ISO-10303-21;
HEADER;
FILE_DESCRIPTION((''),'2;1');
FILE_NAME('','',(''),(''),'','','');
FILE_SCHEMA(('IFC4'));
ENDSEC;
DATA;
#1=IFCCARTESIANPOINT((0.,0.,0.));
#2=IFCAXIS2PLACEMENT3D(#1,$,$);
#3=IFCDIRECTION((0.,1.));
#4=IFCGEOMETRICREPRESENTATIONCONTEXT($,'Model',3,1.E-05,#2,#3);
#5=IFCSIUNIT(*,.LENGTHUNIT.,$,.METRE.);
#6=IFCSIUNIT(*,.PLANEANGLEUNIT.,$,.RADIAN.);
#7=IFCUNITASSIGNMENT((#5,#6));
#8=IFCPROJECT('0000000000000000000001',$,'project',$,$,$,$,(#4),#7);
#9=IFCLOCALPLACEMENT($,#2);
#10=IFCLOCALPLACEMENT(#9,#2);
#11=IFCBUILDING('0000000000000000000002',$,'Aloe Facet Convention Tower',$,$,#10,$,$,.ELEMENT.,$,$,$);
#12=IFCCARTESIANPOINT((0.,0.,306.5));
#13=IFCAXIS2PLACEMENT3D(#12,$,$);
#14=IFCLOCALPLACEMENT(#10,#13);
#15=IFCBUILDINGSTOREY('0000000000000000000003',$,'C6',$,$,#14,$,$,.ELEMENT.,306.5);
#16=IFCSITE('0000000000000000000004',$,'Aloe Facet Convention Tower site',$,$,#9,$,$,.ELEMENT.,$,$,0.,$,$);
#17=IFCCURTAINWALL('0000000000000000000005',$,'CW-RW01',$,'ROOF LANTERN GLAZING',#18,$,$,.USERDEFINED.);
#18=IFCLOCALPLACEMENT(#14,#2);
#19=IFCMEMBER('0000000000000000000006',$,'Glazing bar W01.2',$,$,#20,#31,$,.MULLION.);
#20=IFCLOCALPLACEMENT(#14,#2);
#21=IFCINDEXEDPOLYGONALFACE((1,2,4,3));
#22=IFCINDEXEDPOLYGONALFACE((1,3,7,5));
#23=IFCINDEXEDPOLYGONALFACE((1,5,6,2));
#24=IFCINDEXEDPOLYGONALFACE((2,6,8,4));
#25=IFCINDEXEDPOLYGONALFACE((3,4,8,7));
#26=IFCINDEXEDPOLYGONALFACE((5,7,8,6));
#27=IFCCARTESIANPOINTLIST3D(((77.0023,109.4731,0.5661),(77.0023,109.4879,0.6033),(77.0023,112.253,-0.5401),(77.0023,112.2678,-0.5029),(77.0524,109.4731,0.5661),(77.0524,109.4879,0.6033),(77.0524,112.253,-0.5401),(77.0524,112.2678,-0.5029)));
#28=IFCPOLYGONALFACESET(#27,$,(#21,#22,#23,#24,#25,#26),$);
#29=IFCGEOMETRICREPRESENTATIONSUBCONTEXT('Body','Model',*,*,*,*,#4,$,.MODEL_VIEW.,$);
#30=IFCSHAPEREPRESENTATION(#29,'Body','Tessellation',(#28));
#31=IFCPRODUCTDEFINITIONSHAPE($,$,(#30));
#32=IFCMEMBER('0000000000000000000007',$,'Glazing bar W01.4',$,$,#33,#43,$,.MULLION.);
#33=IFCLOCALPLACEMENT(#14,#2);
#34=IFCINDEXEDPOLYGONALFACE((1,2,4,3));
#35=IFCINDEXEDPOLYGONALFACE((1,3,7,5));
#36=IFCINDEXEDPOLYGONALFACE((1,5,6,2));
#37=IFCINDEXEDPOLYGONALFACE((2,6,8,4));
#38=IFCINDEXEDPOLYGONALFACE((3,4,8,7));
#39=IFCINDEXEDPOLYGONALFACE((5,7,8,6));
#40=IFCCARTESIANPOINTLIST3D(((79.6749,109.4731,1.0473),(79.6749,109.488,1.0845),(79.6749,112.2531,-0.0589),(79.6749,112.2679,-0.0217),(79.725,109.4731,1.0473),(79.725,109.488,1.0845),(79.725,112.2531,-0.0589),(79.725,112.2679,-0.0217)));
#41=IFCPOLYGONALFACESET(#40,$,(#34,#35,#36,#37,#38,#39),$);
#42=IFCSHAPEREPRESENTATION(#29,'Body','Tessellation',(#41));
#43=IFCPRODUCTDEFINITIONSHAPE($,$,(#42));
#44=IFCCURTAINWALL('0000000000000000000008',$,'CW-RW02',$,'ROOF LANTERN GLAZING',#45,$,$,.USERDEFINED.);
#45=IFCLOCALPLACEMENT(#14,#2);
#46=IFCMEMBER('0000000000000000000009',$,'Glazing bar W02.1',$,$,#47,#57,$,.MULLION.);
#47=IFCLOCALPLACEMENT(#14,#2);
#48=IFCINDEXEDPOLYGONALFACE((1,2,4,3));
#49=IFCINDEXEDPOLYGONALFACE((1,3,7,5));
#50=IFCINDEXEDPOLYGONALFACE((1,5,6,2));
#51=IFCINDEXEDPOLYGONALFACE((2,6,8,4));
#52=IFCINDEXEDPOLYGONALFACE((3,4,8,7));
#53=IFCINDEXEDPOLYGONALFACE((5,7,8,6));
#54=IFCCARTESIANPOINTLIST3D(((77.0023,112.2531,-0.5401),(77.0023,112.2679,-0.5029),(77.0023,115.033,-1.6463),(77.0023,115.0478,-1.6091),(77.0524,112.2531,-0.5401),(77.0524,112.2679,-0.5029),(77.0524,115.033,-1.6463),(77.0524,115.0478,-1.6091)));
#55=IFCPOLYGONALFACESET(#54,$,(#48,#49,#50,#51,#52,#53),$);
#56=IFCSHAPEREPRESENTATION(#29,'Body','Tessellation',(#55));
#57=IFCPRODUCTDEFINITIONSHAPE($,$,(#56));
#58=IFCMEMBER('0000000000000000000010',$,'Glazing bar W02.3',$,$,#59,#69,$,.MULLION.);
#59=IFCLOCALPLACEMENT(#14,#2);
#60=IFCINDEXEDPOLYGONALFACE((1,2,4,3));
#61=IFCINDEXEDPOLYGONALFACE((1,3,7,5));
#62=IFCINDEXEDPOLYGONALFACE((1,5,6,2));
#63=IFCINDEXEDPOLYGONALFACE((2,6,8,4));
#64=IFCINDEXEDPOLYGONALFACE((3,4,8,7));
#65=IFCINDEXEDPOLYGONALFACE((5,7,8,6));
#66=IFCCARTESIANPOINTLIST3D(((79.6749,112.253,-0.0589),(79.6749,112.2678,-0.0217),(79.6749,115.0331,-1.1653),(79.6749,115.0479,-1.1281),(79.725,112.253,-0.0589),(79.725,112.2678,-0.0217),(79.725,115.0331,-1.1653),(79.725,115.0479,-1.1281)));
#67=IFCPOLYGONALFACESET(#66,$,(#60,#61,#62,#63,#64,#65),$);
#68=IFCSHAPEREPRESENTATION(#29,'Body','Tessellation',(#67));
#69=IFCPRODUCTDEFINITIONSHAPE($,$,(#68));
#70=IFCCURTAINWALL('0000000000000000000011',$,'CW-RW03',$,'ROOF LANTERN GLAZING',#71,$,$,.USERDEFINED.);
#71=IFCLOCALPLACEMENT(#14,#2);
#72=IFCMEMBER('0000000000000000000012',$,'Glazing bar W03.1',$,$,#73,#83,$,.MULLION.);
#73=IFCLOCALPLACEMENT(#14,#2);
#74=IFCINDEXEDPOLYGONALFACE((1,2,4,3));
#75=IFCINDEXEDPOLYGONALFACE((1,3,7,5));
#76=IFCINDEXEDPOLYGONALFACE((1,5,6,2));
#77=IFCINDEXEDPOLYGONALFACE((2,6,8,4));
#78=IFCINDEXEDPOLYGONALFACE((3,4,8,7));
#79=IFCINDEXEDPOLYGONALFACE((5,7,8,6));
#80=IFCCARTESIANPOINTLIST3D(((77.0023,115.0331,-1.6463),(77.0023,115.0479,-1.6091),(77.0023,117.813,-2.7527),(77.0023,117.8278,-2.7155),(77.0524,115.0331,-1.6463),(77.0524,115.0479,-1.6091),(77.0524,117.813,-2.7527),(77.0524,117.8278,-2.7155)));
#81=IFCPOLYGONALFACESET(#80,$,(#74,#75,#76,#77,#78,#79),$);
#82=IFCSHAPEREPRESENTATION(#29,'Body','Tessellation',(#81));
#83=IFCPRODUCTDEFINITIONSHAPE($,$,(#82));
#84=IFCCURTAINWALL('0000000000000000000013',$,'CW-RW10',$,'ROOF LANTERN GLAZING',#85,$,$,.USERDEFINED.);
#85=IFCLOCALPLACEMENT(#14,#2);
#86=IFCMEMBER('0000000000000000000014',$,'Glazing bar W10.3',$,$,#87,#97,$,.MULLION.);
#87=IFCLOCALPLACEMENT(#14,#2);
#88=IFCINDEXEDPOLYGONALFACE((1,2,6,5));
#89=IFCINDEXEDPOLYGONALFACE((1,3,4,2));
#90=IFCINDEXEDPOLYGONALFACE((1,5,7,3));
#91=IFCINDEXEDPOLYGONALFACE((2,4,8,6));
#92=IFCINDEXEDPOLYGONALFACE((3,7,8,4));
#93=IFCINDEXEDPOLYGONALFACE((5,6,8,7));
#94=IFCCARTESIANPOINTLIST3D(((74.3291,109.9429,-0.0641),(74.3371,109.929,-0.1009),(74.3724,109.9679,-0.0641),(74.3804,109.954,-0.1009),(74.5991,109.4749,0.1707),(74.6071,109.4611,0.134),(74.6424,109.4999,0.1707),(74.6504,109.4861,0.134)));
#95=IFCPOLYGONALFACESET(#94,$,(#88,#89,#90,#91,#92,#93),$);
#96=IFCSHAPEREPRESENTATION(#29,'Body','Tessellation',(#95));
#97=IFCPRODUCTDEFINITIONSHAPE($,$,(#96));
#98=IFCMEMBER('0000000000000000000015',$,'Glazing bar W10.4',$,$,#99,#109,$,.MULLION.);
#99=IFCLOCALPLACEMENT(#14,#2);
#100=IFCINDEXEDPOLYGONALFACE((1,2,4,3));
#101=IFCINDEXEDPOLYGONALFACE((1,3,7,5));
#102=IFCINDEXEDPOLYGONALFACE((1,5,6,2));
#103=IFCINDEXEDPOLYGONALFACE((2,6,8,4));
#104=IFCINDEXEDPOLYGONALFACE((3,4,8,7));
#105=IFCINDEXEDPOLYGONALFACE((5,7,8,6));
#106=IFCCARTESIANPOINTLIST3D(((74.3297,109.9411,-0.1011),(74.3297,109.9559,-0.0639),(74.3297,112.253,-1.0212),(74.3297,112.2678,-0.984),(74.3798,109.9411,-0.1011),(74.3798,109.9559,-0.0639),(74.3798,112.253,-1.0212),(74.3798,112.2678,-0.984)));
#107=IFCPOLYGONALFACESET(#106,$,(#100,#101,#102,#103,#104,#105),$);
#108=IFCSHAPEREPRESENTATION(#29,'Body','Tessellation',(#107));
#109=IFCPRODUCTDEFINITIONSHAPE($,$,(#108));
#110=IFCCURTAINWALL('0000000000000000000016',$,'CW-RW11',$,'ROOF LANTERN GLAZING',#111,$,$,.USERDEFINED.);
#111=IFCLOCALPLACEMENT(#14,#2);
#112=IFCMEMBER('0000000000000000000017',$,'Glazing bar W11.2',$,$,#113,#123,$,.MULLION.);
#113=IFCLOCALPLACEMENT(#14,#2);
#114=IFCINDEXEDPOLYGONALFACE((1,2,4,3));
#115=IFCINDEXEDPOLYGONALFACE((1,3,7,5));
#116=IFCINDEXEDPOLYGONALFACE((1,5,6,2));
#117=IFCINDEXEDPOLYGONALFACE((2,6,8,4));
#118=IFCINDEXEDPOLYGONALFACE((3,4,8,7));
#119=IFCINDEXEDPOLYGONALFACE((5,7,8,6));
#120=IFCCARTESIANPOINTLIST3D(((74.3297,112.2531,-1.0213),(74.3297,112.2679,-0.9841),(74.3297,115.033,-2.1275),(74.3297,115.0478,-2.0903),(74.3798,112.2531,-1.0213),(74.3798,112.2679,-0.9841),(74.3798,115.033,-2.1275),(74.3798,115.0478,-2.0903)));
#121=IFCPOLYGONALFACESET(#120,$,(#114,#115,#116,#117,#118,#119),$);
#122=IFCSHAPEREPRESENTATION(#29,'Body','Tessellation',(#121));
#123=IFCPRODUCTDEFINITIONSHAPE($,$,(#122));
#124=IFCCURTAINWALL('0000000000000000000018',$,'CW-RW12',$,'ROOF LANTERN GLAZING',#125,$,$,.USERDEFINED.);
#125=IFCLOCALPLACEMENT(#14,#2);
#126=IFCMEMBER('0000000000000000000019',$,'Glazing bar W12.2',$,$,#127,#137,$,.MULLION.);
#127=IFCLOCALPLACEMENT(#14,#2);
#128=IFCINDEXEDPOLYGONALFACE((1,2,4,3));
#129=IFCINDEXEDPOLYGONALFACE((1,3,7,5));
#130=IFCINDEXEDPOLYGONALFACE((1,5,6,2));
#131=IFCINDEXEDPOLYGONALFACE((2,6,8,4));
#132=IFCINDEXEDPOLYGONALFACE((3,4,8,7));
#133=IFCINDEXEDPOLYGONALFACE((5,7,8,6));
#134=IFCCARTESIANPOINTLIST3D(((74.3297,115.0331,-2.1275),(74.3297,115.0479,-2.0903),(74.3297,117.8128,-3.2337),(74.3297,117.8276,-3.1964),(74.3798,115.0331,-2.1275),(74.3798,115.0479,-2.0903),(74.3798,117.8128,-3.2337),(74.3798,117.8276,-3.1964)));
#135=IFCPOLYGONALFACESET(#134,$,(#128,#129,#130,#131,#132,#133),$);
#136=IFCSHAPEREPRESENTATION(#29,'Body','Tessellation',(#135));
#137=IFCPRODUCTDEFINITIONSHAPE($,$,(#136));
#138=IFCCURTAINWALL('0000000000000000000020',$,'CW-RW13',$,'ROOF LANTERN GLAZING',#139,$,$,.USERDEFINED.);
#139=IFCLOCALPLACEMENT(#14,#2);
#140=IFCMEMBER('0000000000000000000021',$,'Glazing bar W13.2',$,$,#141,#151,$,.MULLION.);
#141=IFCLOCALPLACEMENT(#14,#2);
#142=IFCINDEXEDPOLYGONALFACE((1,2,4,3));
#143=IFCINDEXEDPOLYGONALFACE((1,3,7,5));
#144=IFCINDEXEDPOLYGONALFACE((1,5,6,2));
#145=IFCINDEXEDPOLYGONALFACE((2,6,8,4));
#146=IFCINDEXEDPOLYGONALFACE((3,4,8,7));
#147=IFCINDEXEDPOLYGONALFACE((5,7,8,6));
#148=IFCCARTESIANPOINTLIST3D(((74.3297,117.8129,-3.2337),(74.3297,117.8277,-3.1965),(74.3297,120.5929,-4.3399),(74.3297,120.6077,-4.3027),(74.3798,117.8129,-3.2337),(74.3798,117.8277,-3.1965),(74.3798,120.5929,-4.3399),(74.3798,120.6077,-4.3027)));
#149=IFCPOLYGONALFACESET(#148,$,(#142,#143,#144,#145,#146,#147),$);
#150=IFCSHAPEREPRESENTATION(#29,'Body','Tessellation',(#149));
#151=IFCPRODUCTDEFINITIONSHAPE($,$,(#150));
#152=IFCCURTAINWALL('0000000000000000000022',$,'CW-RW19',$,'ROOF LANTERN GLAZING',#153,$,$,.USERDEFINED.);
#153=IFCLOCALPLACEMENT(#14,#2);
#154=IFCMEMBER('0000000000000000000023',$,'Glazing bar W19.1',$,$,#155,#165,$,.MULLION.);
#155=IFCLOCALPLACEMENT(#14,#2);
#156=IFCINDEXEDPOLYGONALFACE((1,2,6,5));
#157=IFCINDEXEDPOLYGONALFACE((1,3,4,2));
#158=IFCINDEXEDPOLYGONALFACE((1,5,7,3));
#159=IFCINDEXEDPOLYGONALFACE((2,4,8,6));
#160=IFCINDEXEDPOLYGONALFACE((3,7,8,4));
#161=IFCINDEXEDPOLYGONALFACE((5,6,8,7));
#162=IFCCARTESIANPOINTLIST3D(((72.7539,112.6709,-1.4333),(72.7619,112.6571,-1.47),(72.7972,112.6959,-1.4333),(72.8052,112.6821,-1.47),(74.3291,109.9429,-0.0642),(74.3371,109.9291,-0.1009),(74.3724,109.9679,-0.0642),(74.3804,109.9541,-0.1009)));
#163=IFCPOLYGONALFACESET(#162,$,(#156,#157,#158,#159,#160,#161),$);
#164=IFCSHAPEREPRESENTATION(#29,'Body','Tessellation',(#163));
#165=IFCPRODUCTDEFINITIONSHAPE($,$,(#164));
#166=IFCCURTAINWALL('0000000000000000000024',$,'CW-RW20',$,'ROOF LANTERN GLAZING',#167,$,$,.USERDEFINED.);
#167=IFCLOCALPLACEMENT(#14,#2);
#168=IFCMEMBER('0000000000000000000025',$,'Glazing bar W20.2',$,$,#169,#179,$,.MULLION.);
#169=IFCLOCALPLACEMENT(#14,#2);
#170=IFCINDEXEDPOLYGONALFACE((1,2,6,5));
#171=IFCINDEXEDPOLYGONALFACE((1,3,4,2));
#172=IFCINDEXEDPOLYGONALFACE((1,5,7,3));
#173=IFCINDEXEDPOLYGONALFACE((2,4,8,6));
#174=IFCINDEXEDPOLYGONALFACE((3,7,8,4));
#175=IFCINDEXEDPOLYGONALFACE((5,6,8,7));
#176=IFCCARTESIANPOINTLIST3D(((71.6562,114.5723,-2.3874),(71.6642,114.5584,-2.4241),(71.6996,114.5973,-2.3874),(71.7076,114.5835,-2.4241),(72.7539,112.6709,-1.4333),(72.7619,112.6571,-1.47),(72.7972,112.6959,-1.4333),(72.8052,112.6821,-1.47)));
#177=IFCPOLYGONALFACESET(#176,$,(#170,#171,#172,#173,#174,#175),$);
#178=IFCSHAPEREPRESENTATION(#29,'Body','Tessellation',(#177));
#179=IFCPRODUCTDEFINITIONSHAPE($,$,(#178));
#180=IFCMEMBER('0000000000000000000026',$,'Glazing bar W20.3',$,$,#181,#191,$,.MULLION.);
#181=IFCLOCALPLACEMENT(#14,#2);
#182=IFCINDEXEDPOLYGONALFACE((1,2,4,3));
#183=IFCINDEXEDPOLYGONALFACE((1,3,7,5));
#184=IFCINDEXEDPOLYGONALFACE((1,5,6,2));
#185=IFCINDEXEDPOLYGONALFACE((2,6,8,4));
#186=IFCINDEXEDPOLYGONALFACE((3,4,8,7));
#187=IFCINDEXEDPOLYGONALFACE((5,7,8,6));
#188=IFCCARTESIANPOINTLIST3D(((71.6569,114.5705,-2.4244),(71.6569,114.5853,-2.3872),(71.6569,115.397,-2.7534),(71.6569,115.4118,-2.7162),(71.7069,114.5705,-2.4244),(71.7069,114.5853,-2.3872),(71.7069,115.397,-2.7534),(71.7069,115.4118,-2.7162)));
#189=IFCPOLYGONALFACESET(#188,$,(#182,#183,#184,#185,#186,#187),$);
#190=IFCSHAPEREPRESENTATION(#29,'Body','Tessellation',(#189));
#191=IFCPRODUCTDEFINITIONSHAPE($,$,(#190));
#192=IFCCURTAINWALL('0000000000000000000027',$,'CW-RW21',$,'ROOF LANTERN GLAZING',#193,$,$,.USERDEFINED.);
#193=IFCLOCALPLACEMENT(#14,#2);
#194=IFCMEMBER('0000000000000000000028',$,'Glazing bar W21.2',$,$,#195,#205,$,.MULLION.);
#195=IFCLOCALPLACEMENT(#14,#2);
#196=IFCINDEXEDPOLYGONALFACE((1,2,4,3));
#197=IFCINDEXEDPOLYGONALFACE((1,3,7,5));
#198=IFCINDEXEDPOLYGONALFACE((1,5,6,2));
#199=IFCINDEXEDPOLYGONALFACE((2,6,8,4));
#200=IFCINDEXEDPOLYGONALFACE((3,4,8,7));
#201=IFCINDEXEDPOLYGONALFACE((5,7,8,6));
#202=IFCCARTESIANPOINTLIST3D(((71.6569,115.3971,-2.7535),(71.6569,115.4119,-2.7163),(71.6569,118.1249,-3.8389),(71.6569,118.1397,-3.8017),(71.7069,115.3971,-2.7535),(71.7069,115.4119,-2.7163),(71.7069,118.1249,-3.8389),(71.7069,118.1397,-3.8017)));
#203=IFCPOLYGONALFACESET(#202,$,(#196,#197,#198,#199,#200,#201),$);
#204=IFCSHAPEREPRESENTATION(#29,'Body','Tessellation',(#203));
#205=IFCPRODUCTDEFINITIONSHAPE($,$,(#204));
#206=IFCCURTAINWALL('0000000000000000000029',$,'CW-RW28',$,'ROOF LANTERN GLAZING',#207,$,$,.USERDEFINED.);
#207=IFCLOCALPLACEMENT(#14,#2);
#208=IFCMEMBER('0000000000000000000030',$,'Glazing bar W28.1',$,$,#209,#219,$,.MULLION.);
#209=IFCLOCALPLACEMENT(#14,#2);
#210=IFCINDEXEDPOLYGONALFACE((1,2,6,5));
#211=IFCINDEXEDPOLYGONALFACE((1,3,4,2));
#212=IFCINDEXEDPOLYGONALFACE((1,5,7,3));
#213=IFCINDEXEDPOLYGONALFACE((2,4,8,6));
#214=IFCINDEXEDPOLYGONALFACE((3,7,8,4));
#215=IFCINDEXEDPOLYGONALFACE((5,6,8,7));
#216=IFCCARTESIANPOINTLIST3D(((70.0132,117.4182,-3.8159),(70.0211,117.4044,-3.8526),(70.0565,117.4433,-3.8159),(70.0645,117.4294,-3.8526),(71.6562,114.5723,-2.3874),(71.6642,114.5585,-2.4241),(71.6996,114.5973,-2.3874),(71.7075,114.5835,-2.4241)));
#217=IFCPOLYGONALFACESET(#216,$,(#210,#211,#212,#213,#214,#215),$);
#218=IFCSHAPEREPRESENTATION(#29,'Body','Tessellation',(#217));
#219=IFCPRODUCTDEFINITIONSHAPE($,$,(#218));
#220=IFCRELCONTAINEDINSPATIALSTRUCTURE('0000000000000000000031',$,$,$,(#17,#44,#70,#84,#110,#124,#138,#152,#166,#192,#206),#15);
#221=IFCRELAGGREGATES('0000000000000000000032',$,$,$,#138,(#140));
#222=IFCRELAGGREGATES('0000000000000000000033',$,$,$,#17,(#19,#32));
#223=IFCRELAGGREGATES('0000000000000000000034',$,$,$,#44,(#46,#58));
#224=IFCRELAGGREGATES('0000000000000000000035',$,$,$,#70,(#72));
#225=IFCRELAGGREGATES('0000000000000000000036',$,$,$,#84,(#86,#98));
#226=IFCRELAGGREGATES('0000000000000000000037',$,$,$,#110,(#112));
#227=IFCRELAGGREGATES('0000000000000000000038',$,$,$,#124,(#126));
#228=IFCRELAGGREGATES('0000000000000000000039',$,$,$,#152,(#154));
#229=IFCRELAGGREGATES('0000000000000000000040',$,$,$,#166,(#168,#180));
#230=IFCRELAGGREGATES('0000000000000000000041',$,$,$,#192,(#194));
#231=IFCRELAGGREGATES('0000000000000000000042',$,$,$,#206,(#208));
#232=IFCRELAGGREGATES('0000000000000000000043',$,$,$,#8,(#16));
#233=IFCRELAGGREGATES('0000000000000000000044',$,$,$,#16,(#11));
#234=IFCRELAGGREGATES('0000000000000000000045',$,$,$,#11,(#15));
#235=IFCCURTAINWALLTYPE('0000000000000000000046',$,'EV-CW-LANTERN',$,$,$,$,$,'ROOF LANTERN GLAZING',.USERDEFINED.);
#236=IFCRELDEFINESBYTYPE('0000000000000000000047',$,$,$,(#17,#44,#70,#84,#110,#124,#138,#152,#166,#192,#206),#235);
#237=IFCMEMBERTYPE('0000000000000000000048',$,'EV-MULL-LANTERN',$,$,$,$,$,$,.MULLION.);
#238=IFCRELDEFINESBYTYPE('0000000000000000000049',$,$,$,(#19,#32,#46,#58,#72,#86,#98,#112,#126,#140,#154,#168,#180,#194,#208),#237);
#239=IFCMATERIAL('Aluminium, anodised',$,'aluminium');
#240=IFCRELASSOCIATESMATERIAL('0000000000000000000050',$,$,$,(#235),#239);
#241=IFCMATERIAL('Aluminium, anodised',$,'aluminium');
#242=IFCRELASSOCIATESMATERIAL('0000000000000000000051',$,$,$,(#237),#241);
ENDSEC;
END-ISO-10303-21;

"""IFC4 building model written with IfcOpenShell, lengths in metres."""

from ifc_helpers import new_model, si_unit, direction, frame, origin, origin_2d, place, context, subcontext, project, spatial, rectangle, extrude, material, material_profile, profile_set, type_object, element, aggregate, save


model = new_model("IFC4")

# Units and contexts
model_context = context("Model", 3, precision=1e-05, world=origin(), true_north=direction((0.0, 1.0)))
body_context = subcontext(model_context, "Body", "Model", "MODEL_VIEW")
ifc_project = project(units=[si_unit("LENGTHUNIT", "METRE"), si_unit("PLANEANGLEUNIT", "RADIAN")], contexts=[model_context])

# Site, building, storey
site_placement = place(None, origin())
site = spatial("IfcSite", under=ifc_project, at=site_placement, Name="Aloe Facet Convention Tower site", CompositionType="ELEMENT", RefElevation=0.0)
building_placement = place(site_placement, origin())
building = spatial("IfcBuilding", under=site, at=building_placement, Name="Aloe Facet Convention Tower", CompositionType="ELEMENT")
storey_placement = place(building_placement, frame((0.0, 0.0, 306.5)))
storey = spatial("IfcBuildingStorey", under=building, at=storey_placement, Name="C6", CompositionType="ELEMENT", Elevation=306.5)

# Curtain walls, members
ifc_material_1 = material(Name="Aluminium, anodised", Category="aluminium")
curtain_wall_type = type_object("IfcCurtainWallType", Name="EV-CW-LANTERN", ElementType="ROOF LANTERN GLAZING", PredefinedType="USERDEFINED", material=ifc_material_1)
curtain_wall_1_placement = place(storey_placement, origin())
curtain_wall_1 = element("IfcCurtainWall", 1, at=curtain_wall_1_placement, inside=storey, type_object=curtain_wall_type, Name="CW-RW01", ObjectType="ROOF LANTERN GLAZING", PredefinedType="USERDEFINED")
ifc_material_2 = material(Name="Aluminium, anodised", Category="aluminium")
ifc_material_profile_1 = material_profile(ifc_material_2, rectangle(XDim=0.05, YDim=0.04, at=origin_2d()), Name="AL 50x40")
ifc_profile_set_1 = profile_set([ifc_material_profile_1], Name="Aluminium, anodised")
member_type_1 = type_object("IfcMemberType", Name="EV-MULL-LANTERN", PredefinedType="MULLION", material=ifc_profile_set_1)
member_1_placement = place(storey_placement, frame((77.0273, 109.4805, 0.5847), z_axis=(0.0, 0.929145, -0.369716), x_axis=(-1.0, 0.0, 0.0)))
member_1 = element("IfcMember", 2, at=member_1_placement, type_object=member_type_1, Name="Glazing bar W01.2", PredefinedType="MULLION", context=body_context, shape_type="SweptSolid", body=[
    extrude(rectangle(XDim=0.05, YDim=0.04, at=origin_2d()), origin(), (0.0, 0.0, 1.0), 2.9919),
])
member_2_placement = place(storey_placement, frame((79.7, 112.2605, -0.0403), z_axis=(0.0, -0.929145, 0.369716), x_axis=(1.0, 0.0, 0.0)))
member_2 = element("IfcMember", 3, at=member_2_placement, type_object=member_type_1, Name="Glazing bar W01.4", PredefinedType="MULLION", context=body_context, shape_type="SweptSolid", body=[
    extrude(rectangle(XDim=0.05, YDim=0.04, at=origin_2d()), origin(), (0.0, 0.0, 1.0), 2.9919),
])
curtain_wall_2_placement = place(storey_placement, origin())
curtain_wall_2 = element("IfcCurtainWall", 4, at=curtain_wall_2_placement, inside=storey, type_object=curtain_wall_type, Name="CW-RW02", ObjectType="ROOF LANTERN GLAZING", PredefinedType="USERDEFINED")
member_3_placement = place(storey_placement, frame((77.0273, 112.2605, -0.5215), z_axis=(0.0, 0.929145, -0.369716), x_axis=(-1.0, 0.0, 0.0)))
member_3 = element("IfcMember", 5, at=member_3_placement, type_object=member_type_1, Name="Glazing bar W02.1", PredefinedType="MULLION", context=body_context, shape_type="SweptSolid", body=[
    extrude(rectangle(XDim=0.05, YDim=0.04, at=origin_2d()), origin(), (0.0, 0.0, 1.0), 2.9919),
])
member_4_placement = place(storey_placement, frame((79.7, 115.0405, -1.1467), z_axis=(0.0, -0.929117, 0.369786), x_axis=(1.0, 0.0, 0.0)))
member_4 = element("IfcMember", 6, at=member_4_placement, type_object=member_type_1, Name="Glazing bar W02.3", PredefinedType="MULLION", context=body_context, shape_type="SweptSolid", body=[
    extrude(rectangle(XDim=0.05, YDim=0.04, at=origin_2d()), origin(), (0.0, 0.0, 1.0), 2.9922),
])

# Curtain wall, member
curtain_wall_3_placement = place(storey_placement, origin())
curtain_wall_3 = element("IfcCurtainWall", 7, at=curtain_wall_3_placement, inside=storey, type_object=curtain_wall_type, Name="CW-RW03", ObjectType="ROOF LANTERN GLAZING", PredefinedType="USERDEFINED")
member_5_placement = place(storey_placement, frame((77.0273, 115.0405, -1.6277), z_axis=(0.0, 0.929106, -0.369814), x_axis=(-1.0, 0.0, 0.0)))
member_5 = element("IfcMember", 8, at=member_5_placement, type_object=member_type_1, Name="Glazing bar W03.1", PredefinedType="MULLION", context=body_context, shape_type="SweptSolid", body=[
    extrude(rectangle(XDim=0.05, YDim=0.04, at=origin_2d()), origin(), (0.0, 0.0, 1.0), 2.9919),
])

# Curtain wall, members
curtain_wall_4_placement = place(storey_placement, origin())
curtain_wall_4 = element("IfcCurtainWall", 9, at=curtain_wall_4_placement, inside=storey, type_object=curtain_wall_type, Name="CW-RW10", ObjectType="ROOF LANTERN GLAZING", PredefinedType="USERDEFINED")
member_6_placement = place(storey_placement, frame((74.6248, 109.4805, 0.1523), z_axis=(-0.458311, 0.794379, -0.39864), x_axis=(-0.866178, -0.499735, 0.0)))
member_6 = element("IfcMember", 10, at=member_6_placement, type_object=member_type_1, Name="Glazing bar W10.3", PredefinedType="MULLION", context=body_context, shape_type="SweptSolid", body=[
    extrude(rectangle(XDim=0.05, YDim=0.04, at=origin_2d()), origin(), (0.0, 0.0, 1.0), 0.5891),
])
member_7_placement = place(storey_placement, frame((74.3547, 109.9485, -0.0825), z_axis=(0.0, 0.929118, -0.369783), x_axis=(-1.0, 0.0, 0.0)))
member_7 = element("IfcMember", 11, at=member_7_placement, type_object=member_type_1, Name="Glazing bar W10.4", PredefinedType="MULLION", context=body_context, shape_type="SweptSolid", body=[
    extrude(rectangle(XDim=0.05, YDim=0.04, at=origin_2d()), origin(), (0.0, 0.0, 1.0), 2.4883),
])

# Curtain walls, members
curtain_wall_5_placement = place(storey_placement, origin())
curtain_wall_5 = element("IfcCurtainWall", 12, at=curtain_wall_5_placement, inside=storey, type_object=curtain_wall_type, Name="CW-RW11", ObjectType="ROOF LANTERN GLAZING", PredefinedType="USERDEFINED")
member_8_placement = place(storey_placement, frame((74.3547, 112.2605, -1.0027), z_axis=(0.0, 0.929145, -0.369716), x_axis=(-1.0, 0.0, 0.0)))
member_8 = element("IfcMember", 13, at=member_8_placement, type_object=member_type_1, Name="Glazing bar W11.2", PredefinedType="MULLION", context=body_context, shape_type="SweptSolid", body=[
    extrude(rectangle(XDim=0.05, YDim=0.04, at=origin_2d()), origin(), (0.0, 0.0, 1.0), 2.9919),
])
curtain_wall_6_placement = place(storey_placement, origin())
curtain_wall_6 = element("IfcCurtainWall", 14, at=curtain_wall_6_placement, inside=storey, type_object=curtain_wall_type, Name="CW-RW12", ObjectType="ROOF LANTERN GLAZING", PredefinedType="USERDEFINED")
member_9_placement = place(storey_placement, frame((74.3547, 115.0405, -2.1089), z_axis=(0.0, 0.929134, -0.369744), x_axis=(-1.0, 0.0, 0.0)))
member_9 = element("IfcMember", 15, at=member_9_placement, type_object=member_type_1, Name="Glazing bar W12.2", PredefinedType="MULLION", context=body_context, shape_type="SweptSolid", body=[
    extrude(rectangle(XDim=0.05, YDim=0.04, at=origin_2d()), origin(), (0.0, 0.0, 1.0), 2.9917),
])
curtain_wall_7_placement = place(storey_placement, origin())
curtain_wall_7 = element("IfcCurtainWall", 16, at=curtain_wall_7_placement, inside=storey, type_object=curtain_wall_type, Name="CW-RW13", ObjectType="ROOF LANTERN GLAZING", PredefinedType="USERDEFINED")
member_10_placement = place(storey_placement, frame((74.3547, 117.8203, -3.2151), z_axis=(0.0, 0.929145, -0.369716), x_axis=(-1.0, 0.0, 0.0)))
member_10 = element("IfcMember", 17, at=member_10_placement, type_object=member_type_1, Name="Glazing bar W13.2", PredefinedType="MULLION", context=body_context, shape_type="SweptSolid", body=[
    extrude(rectangle(XDim=0.05, YDim=0.04, at=origin_2d()), origin(), (0.0, 0.0, 1.0), 2.9919),
])
aggregate(curtain_wall_7, [member_10])
curtain_wall_8_placement = place(storey_placement, origin())
curtain_wall_8 = element("IfcCurtainWall", 18, at=curtain_wall_8_placement, inside=storey, type_object=curtain_wall_type, Name="CW-RW19", ObjectType="ROOF LANTERN GLAZING", PredefinedType="USERDEFINED")
member_11_placement = place(storey_placement, frame((74.3547, 109.9485, -0.0825), z_axis=(-0.458598, 0.794229, -0.398607), x_axis=(-0.866002, -0.50004, 0.0)))
member_11 = element("IfcMember", 19, at=member_11_placement, type_object=member_type_1, Name="Glazing bar W19.1", PredefinedType="MULLION", context=body_context, shape_type="SweptSolid", body=[
    extrude(rectangle(XDim=0.05, YDim=0.04, at=origin_2d()), origin(), (0.0, 0.0, 1.0), 3.4348),
])

# Curtain wall, members
curtain_wall_9_placement = place(storey_placement, origin())
curtain_wall_9 = element("IfcCurtainWall", 20, at=curtain_wall_9_placement, inside=storey, type_object=curtain_wall_type, Name="CW-RW20", ObjectType="ROOF LANTERN GLAZING", PredefinedType="USERDEFINED")
member_12_placement = place(storey_placement, frame((72.7795, 112.6765, -1.4517), z_axis=(-0.458538, 0.794283, -0.398569), x_axis=(-0.866045, -0.499966, 0.0)))
member_12 = element("IfcMember", 21, at=member_12_placement, type_object=member_type_1, Name="Glazing bar W20.2", PredefinedType="MULLION", context=body_context, shape_type="SweptSolid", body=[
    extrude(rectangle(XDim=0.05, YDim=0.04, at=origin_2d()), origin(), (0.0, 0.0, 1.0), 2.3938),
])
member_13_placement = place(storey_placement, frame((71.6819, 114.5779, -2.4058), z_axis=(0.0, 0.929081, -0.369876), x_axis=(-1.0, 0.0, 0.0)))
member_13 = element("IfcMember", 22, at=member_13_placement, type_object=member_type_1, Name="Glazing bar W20.3", PredefinedType="MULLION", context=body_context, shape_type="SweptSolid", body=[
    extrude(rectangle(XDim=0.05, YDim=0.04, at=origin_2d()), origin(), (0.0, 0.0, 1.0), 0.8896),
])

# Curtain walls, members
curtain_wall_10_placement = place(storey_placement, origin())
curtain_wall_10 = element("IfcCurtainWall", 23, at=curtain_wall_10_placement, inside=storey, type_object=curtain_wall_type, Name="CW-RW21", ObjectType="ROOF LANTERN GLAZING", PredefinedType="USERDEFINED")
member_14_placement = place(storey_placement, frame((71.6819, 115.4045, -2.7349), z_axis=(0.0, 0.92914, -0.369727), x_axis=(-1.0, 0.0, 0.0)))
member_14 = element("IfcMember", 24, at=member_14_placement, type_object=member_type_1, Name="Glazing bar W21.2", PredefinedType="MULLION", context=body_context, shape_type="SweptSolid", body=[
    extrude(rectangle(XDim=0.05, YDim=0.04, at=origin_2d()), origin(), (0.0, 0.0, 1.0), 2.9358),
])
curtain_wall_11_placement = place(storey_placement, origin())
curtain_wall_11 = element("IfcCurtainWall", 25, at=curtain_wall_11_placement, inside=storey, type_object=curtain_wall_type, Name="CW-RW28", ObjectType="ROOF LANTERN GLAZING", PredefinedType="USERDEFINED")
member_15_placement = place(storey_placement, frame((71.6819, 114.5779, -2.4058), z_axis=(-0.458542, 0.794239, -0.398652), x_axis=(-0.866031, -0.49999, 0.0)))
member_15 = element("IfcMember", 26, at=member_15_placement, type_object=member_type_1, Name="Glazing bar W28.1", PredefinedType="MULLION", context=body_context, shape_type="SweptSolid", body=[
    extrude(rectangle(XDim=0.05, YDim=0.04, at=origin_2d()), origin(), (0.0, 0.0, 1.0), 3.5833),
])

aggregate(curtain_wall_1, [member_1, member_2])
aggregate(curtain_wall_2, [member_3, member_4])
aggregate(curtain_wall_3, [member_5])
aggregate(curtain_wall_4, [member_6, member_7])
aggregate(curtain_wall_5, [member_8])
aggregate(curtain_wall_6, [member_9])
aggregate(curtain_wall_8, [member_11])
aggregate(curtain_wall_9, [member_12, member_13])
aggregate(curtain_wall_10, [member_14])
aggregate(curtain_wall_11, [member_15])

save(model, "model.ifc")
